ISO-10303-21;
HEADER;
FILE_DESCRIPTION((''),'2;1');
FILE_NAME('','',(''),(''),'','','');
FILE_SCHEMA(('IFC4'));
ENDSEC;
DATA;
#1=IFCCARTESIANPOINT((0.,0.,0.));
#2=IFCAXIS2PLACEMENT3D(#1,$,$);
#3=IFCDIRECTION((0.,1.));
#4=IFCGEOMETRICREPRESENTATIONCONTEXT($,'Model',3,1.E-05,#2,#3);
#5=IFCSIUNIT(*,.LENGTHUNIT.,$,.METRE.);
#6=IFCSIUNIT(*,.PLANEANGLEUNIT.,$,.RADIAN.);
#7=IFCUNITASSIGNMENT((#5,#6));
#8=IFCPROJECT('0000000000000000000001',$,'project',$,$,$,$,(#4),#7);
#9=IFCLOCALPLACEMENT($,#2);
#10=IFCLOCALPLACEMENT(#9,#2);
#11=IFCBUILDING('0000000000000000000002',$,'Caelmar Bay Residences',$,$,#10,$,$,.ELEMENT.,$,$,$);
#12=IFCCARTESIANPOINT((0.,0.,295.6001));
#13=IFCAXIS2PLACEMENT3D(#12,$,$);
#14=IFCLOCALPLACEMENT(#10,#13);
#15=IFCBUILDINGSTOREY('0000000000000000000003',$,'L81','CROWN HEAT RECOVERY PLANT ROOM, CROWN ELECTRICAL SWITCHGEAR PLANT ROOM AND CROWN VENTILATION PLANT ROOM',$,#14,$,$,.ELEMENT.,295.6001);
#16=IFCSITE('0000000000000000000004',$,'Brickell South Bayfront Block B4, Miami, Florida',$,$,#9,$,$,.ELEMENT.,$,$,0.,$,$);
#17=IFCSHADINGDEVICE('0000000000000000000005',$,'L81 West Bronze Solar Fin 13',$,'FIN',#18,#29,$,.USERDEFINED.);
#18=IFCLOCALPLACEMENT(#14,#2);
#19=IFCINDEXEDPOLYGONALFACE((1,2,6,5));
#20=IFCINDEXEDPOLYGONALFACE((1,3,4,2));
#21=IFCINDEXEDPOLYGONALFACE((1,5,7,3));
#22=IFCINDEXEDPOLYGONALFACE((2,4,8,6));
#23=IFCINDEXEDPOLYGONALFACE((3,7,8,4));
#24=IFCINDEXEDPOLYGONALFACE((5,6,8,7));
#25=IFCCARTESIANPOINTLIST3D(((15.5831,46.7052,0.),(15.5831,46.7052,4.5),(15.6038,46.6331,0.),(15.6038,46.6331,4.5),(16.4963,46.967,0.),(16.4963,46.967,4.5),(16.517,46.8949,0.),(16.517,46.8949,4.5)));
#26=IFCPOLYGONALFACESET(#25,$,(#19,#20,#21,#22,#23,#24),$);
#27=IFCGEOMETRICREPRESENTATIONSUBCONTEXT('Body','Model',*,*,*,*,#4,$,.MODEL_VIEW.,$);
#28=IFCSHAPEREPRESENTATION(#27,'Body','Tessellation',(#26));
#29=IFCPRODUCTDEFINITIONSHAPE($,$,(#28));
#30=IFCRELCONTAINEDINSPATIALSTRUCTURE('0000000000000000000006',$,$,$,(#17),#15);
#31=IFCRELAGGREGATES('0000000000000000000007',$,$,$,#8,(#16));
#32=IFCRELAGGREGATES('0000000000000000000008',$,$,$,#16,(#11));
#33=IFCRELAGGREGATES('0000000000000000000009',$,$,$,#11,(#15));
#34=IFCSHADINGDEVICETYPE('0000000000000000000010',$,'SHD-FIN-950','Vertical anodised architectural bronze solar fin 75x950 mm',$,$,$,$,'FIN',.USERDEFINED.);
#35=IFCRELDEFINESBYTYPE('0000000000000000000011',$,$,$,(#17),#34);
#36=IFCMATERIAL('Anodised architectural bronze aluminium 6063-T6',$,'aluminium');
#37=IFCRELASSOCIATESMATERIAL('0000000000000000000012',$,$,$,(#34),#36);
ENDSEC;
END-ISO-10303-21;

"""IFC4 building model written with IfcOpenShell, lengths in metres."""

from ifc_helpers import new_model, si_unit, direction, frame, origin, origin_2d, place, context, subcontext, project, spatial, rectangle, extrude, material, material_profile, profile_set, type_object, element, save


model = new_model("IFC4")

# Units and contexts
model_context = context("Model", 3, precision=1e-05, world=origin(), true_north=direction((0.0, 1.0)))
body_context = subcontext(model_context, "Body", "Model", "MODEL_VIEW")
ifc_project = project(units=[si_unit("LENGTHUNIT", "METRE"), si_unit("PLANEANGLEUNIT", "RADIAN")], contexts=[model_context])

# Site, building, storey
site_placement = place(None, origin())
site = spatial("IfcSite", under=ifc_project, at=site_placement, Name="Brickell South Bayfront Block B4, Miami, Florida", CompositionType="ELEMENT", RefElevation=0.0)
building_placement = place(site_placement, origin())
building = spatial("IfcBuilding", under=site, at=building_placement, Name="Caelmar Bay Residences", CompositionType="ELEMENT")
storey_placement = place(building_placement, frame((0.0, 0.0, 295.6001)))
storey = spatial("IfcBuildingStorey", under=building, at=storey_placement, Name="L81", Description="CROWN HEAT RECOVERY PLANT ROOM, CROWN ELECTRICAL SWITCHGEAR PLANT ROOM AND CROWN VENTILATION PLANT ROOM", CompositionType="ELEMENT", Elevation=295.6001)

# Shading device
ifc_material_1 = material(Name="Anodised architectural bronze aluminium 6063-T6", Category="aluminium")
ifc_material_profile = material_profile(ifc_material_1, rectangle(XDim=0.075, YDim=0.95, at=origin_2d()), Name="BRONZE-FIN-75X950")
ifc_profile_set = profile_set([ifc_material_profile], Name="Anodised architectural bronze aluminium 6063-T6")
shading_device_type = type_object("IfcShadingDeviceType", Name="SHD-FIN-950", Description="Vertical anodised architectural bronze solar fin 75x950 mm", ElementType="FIN", PredefinedType="USERDEFINED", material=ifc_profile_set)
for number, where, z_axis, x_axis, name in (
    (1, (16.05, 46.8, 0.0), (0.0, 0.0, 1.0), (-0.275637, 0.961262, 0.0), "L81 West Bronze Solar Fin 13"),
):
    element("IfcShadingDevice", number, at=place(storey_placement, frame(where, z_axis=z_axis, x_axis=x_axis)), inside=storey, type_object=shading_device_type, Name=name, ObjectType="FIN", PredefinedType="USERDEFINED", context=body_context, shape_type="SweptSolid", body=[
        extrude(rectangle(XDim=0.075, YDim=0.95, at=origin_2d()), origin(), (0.0, 0.0, 1.0), 4.5),
    ])

save(model, "model.ifc")
